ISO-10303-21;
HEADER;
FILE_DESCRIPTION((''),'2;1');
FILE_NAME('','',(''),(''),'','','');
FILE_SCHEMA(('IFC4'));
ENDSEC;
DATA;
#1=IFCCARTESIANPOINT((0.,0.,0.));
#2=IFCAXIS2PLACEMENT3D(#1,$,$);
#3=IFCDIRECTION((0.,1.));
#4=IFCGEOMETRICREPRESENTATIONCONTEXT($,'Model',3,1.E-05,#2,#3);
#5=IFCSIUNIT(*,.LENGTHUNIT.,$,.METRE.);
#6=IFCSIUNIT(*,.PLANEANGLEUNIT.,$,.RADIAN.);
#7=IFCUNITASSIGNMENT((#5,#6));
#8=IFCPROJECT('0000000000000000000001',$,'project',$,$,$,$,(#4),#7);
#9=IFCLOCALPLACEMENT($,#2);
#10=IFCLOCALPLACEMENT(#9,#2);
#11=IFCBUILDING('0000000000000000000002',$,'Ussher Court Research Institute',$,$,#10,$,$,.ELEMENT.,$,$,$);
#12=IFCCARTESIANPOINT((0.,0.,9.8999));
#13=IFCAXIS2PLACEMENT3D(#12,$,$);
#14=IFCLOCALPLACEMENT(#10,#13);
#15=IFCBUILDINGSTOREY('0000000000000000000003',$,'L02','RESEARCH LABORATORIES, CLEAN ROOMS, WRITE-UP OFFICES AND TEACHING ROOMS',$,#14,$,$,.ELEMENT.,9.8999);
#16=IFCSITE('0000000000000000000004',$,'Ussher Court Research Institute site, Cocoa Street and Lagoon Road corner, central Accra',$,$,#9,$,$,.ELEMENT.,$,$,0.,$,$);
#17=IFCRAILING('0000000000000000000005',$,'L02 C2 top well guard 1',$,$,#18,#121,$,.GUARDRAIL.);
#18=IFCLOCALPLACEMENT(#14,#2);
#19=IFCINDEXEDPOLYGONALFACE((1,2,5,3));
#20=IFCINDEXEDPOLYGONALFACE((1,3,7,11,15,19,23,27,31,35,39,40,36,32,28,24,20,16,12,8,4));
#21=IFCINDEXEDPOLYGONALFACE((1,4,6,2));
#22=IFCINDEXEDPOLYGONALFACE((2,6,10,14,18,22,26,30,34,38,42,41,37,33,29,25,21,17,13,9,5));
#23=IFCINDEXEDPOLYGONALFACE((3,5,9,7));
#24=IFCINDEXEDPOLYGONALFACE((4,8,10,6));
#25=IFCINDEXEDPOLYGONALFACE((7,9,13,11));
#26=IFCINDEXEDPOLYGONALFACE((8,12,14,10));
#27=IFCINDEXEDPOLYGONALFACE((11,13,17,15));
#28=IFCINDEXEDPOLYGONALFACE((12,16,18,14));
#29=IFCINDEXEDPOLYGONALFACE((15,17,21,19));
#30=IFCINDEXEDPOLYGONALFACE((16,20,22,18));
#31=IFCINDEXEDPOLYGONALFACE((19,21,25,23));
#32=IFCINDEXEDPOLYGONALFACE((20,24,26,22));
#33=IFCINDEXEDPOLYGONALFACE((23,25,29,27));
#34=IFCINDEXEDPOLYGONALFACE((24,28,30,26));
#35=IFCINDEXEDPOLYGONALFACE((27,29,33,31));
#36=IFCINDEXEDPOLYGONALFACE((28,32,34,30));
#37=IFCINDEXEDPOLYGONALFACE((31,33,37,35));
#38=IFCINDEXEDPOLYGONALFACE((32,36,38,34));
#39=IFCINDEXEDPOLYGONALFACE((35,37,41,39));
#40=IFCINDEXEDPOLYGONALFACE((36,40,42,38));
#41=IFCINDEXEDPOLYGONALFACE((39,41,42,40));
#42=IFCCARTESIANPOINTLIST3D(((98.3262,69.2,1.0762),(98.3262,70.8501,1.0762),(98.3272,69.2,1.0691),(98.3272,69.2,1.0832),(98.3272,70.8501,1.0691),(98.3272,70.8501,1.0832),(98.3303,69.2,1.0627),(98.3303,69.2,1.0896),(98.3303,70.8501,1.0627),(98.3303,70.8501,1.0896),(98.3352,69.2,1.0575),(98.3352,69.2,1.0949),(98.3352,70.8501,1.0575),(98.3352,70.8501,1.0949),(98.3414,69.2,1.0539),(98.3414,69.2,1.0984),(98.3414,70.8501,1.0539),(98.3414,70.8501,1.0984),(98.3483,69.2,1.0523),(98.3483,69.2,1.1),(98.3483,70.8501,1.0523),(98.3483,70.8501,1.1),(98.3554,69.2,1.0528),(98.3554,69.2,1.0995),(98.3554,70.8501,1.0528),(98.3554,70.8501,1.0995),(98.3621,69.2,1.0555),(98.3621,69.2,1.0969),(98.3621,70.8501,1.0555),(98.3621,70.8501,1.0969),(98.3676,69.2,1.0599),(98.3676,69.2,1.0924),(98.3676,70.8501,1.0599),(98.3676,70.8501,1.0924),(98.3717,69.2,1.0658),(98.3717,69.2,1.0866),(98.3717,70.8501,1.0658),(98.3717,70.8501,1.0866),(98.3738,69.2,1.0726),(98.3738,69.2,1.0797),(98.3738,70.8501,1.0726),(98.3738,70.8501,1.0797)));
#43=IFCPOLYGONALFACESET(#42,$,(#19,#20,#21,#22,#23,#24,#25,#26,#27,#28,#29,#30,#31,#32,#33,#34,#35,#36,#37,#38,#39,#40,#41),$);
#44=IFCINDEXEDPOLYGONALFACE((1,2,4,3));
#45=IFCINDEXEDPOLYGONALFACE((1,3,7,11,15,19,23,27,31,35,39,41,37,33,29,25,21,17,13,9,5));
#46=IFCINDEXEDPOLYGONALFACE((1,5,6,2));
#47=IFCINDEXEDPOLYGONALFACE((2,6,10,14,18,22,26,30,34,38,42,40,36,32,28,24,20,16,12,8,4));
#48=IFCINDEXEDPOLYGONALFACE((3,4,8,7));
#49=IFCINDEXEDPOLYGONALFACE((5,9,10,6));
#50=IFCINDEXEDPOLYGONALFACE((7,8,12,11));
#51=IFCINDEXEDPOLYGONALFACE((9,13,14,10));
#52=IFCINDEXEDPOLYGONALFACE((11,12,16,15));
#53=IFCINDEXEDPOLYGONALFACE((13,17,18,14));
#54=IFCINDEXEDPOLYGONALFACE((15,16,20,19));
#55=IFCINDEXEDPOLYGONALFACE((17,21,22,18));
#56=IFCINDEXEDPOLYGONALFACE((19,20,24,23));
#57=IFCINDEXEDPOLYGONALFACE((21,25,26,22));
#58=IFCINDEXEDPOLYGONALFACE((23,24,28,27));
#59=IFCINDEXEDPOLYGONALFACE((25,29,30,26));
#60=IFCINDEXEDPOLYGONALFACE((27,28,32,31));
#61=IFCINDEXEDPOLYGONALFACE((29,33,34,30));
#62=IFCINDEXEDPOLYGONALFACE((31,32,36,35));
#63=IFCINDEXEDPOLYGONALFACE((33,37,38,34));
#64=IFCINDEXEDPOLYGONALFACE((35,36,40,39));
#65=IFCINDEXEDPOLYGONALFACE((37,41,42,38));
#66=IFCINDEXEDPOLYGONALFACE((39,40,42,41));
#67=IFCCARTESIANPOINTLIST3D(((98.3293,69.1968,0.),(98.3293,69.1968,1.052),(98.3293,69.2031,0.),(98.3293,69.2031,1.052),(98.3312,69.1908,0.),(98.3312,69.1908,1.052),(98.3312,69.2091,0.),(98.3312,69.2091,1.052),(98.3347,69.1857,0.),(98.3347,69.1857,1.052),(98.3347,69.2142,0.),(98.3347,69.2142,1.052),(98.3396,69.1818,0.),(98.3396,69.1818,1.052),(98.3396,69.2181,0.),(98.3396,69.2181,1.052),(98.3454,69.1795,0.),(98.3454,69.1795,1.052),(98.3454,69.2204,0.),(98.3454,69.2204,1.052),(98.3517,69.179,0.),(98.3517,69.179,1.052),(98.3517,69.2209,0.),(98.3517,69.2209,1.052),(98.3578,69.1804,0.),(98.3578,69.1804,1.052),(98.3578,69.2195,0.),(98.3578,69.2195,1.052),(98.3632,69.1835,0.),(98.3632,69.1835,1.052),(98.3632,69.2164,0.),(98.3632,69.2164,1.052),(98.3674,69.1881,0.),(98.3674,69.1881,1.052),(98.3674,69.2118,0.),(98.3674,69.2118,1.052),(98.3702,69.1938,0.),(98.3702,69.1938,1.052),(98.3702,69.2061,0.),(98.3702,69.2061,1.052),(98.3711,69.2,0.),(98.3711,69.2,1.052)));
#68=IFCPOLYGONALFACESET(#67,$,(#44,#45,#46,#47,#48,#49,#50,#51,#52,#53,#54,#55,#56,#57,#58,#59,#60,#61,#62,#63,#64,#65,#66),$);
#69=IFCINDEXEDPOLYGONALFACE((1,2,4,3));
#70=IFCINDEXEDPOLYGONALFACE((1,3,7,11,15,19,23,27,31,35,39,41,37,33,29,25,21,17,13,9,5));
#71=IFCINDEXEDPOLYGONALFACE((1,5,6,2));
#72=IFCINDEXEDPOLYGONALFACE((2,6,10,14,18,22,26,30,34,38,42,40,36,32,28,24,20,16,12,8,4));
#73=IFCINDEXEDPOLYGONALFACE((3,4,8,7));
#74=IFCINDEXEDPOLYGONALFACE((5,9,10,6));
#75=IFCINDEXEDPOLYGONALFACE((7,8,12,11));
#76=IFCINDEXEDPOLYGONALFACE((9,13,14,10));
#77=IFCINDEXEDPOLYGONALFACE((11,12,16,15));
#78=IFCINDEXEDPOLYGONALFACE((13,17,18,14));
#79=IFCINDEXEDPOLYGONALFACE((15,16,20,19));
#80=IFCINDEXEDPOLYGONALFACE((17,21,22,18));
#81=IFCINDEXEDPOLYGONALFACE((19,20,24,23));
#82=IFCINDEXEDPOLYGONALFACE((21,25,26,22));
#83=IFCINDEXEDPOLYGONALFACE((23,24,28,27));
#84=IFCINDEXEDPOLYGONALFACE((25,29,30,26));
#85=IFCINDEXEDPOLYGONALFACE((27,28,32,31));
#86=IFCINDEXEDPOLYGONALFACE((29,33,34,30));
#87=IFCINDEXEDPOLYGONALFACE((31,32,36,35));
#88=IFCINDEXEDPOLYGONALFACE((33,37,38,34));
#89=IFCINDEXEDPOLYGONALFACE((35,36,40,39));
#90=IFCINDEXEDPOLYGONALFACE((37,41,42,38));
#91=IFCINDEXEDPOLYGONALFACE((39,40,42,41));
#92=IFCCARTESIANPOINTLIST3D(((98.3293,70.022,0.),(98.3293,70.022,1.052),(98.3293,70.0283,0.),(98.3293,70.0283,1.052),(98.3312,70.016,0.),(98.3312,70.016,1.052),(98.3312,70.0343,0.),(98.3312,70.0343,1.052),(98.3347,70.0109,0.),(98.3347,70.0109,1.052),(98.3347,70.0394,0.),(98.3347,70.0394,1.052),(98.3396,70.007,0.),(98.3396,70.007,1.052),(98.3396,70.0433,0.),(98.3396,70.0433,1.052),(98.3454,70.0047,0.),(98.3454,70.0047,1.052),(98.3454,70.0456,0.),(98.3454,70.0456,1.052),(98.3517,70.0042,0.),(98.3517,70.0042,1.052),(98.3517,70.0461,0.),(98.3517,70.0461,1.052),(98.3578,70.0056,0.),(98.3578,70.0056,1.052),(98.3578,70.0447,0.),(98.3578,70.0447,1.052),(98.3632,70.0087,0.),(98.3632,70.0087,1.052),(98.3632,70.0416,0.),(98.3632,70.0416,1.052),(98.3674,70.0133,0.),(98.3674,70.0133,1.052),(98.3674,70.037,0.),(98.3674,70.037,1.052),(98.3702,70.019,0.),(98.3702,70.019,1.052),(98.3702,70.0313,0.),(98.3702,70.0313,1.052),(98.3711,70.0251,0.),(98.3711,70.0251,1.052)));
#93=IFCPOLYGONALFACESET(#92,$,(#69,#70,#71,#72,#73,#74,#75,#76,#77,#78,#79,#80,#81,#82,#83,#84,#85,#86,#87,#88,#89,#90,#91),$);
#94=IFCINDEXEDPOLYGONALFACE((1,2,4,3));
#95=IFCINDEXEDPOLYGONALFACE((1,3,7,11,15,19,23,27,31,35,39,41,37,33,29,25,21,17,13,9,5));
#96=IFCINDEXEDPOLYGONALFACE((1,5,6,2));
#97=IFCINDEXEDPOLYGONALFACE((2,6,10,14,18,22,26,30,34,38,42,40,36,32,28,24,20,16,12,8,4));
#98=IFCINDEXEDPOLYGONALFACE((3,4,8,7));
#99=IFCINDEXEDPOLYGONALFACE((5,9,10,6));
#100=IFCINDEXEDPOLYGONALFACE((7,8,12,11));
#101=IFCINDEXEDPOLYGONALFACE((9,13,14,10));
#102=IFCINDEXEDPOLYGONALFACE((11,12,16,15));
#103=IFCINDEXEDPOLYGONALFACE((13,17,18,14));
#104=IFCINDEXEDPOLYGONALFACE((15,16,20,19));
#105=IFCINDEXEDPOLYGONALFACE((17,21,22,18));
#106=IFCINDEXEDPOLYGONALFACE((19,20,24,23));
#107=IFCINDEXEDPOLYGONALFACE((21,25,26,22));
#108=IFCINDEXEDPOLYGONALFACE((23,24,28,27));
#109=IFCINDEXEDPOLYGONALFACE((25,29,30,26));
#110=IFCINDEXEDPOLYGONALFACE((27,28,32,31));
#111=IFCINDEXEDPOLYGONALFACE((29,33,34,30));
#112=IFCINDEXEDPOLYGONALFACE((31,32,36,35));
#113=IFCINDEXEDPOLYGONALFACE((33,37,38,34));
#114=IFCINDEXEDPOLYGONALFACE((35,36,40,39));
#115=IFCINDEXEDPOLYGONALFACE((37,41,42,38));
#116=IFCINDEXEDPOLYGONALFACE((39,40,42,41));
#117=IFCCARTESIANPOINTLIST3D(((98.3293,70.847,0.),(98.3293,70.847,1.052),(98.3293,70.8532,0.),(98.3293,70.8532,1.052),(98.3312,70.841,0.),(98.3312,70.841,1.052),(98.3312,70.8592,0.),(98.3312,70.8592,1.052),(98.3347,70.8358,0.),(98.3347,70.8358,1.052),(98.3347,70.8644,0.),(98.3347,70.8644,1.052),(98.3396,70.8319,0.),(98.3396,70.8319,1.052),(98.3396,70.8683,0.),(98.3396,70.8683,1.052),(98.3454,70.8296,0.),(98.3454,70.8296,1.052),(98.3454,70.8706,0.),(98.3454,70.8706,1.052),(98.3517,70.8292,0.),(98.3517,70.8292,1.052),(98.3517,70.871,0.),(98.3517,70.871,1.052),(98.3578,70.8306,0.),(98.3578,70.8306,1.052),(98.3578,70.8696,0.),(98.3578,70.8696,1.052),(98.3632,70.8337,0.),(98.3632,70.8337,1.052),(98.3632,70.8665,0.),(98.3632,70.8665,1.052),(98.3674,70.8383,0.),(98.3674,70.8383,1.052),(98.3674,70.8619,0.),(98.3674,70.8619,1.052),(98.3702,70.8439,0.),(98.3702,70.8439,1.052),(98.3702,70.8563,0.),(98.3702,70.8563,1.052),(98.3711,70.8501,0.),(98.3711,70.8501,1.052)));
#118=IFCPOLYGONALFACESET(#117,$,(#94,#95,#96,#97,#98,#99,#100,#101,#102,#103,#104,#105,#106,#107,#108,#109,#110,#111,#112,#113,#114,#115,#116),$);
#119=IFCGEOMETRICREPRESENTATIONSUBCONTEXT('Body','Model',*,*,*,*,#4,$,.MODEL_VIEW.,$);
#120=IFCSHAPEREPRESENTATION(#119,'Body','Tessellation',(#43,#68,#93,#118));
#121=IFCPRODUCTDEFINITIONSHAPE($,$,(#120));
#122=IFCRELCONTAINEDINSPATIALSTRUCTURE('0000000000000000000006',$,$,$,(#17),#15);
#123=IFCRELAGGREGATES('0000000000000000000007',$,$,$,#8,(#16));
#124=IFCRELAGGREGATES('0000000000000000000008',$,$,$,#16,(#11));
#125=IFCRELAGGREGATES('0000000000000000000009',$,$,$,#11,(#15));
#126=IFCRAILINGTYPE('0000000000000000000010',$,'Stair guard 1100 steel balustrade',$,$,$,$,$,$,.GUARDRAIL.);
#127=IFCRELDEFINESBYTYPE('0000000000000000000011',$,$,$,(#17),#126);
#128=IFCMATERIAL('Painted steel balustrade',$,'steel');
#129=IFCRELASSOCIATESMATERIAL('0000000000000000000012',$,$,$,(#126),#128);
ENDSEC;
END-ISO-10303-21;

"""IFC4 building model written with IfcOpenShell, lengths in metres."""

from ifc_helpers import new_model, si_unit, direction, frame, origin, origin_2d, place, context, subcontext, project, spatial, circle, extrude, material, type_object, element, save


model = new_model("IFC4")

# Units and contexts
model_context = context("Model", 3, precision=1e-05, world=origin(), true_north=direction((0.0, 1.0)))
body_context = subcontext(model_context, "Body", "Model", "MODEL_VIEW")
ifc_project = project(units=[si_unit("LENGTHUNIT", "METRE"), si_unit("PLANEANGLEUNIT", "RADIAN")], contexts=[model_context])

# Site, building, storey
site_placement = place(None, origin())
site = spatial("IfcSite", under=ifc_project, at=site_placement, Name="Ussher Court Research Institute site, Cocoa Street and Lagoon Road corner, central Accra", CompositionType="ELEMENT", RefElevation=0.0)
building_placement = place(site_placement, origin())
building = spatial("IfcBuilding", under=site, at=building_placement, Name="Ussher Court Research Institute", CompositionType="ELEMENT")
storey_placement = place(building_placement, frame((0.0, 0.0, 9.8999)))
storey = spatial("IfcBuildingStorey", under=building, at=storey_placement, Name="L02", Description="RESEARCH LABORATORIES, CLEAN ROOMS, WRITE-UP OFFICES AND TEACHING ROOMS", CompositionType="ELEMENT", Elevation=9.8999)

# Railing
ifc_material_1 = material(Name="Painted steel balustrade", Category="steel")
railing_type = type_object("IfcRailingType", Name="Stair guard 1100 steel balustrade", PredefinedType="GUARDRAIL", material=ifc_material_1)
railing_placement = place(storey_placement, frame((98.3501, 69.2, 0.0)))
element("IfcRailing", 1, at=railing_placement, inside=storey, type_object=railing_type, Name="L02 C2 top well guard 1", PredefinedType="GUARDRAIL", context=body_context, shape_type="SweptSolid", body=[
    extrude(circle(Radius=0.0239, at=origin_2d()), frame((0.0, 0.0, 1.0762), z_axis=(0.0, 1.0, 0.0), x_axis=(-1.0, 0.0, 0.0)), (0.0, 0.0, 1.0), 1.6501),
    extrude(circle(Radius=0.021, at=origin_2d()), origin(), (0.0, 0.0, 1.0), 1.052),
    extrude(circle(Radius=0.021, at=origin_2d()), frame((0.0, 0.8252, 0.0)), (0.0, 0.0, 1.0), 1.052),
    extrude(circle(Radius=0.021, at=origin_2d()), frame((0.0, 1.6501, 0.0)), (0.0, 0.0, 1.0), 1.052),
])

save(model, "model.ifc")
